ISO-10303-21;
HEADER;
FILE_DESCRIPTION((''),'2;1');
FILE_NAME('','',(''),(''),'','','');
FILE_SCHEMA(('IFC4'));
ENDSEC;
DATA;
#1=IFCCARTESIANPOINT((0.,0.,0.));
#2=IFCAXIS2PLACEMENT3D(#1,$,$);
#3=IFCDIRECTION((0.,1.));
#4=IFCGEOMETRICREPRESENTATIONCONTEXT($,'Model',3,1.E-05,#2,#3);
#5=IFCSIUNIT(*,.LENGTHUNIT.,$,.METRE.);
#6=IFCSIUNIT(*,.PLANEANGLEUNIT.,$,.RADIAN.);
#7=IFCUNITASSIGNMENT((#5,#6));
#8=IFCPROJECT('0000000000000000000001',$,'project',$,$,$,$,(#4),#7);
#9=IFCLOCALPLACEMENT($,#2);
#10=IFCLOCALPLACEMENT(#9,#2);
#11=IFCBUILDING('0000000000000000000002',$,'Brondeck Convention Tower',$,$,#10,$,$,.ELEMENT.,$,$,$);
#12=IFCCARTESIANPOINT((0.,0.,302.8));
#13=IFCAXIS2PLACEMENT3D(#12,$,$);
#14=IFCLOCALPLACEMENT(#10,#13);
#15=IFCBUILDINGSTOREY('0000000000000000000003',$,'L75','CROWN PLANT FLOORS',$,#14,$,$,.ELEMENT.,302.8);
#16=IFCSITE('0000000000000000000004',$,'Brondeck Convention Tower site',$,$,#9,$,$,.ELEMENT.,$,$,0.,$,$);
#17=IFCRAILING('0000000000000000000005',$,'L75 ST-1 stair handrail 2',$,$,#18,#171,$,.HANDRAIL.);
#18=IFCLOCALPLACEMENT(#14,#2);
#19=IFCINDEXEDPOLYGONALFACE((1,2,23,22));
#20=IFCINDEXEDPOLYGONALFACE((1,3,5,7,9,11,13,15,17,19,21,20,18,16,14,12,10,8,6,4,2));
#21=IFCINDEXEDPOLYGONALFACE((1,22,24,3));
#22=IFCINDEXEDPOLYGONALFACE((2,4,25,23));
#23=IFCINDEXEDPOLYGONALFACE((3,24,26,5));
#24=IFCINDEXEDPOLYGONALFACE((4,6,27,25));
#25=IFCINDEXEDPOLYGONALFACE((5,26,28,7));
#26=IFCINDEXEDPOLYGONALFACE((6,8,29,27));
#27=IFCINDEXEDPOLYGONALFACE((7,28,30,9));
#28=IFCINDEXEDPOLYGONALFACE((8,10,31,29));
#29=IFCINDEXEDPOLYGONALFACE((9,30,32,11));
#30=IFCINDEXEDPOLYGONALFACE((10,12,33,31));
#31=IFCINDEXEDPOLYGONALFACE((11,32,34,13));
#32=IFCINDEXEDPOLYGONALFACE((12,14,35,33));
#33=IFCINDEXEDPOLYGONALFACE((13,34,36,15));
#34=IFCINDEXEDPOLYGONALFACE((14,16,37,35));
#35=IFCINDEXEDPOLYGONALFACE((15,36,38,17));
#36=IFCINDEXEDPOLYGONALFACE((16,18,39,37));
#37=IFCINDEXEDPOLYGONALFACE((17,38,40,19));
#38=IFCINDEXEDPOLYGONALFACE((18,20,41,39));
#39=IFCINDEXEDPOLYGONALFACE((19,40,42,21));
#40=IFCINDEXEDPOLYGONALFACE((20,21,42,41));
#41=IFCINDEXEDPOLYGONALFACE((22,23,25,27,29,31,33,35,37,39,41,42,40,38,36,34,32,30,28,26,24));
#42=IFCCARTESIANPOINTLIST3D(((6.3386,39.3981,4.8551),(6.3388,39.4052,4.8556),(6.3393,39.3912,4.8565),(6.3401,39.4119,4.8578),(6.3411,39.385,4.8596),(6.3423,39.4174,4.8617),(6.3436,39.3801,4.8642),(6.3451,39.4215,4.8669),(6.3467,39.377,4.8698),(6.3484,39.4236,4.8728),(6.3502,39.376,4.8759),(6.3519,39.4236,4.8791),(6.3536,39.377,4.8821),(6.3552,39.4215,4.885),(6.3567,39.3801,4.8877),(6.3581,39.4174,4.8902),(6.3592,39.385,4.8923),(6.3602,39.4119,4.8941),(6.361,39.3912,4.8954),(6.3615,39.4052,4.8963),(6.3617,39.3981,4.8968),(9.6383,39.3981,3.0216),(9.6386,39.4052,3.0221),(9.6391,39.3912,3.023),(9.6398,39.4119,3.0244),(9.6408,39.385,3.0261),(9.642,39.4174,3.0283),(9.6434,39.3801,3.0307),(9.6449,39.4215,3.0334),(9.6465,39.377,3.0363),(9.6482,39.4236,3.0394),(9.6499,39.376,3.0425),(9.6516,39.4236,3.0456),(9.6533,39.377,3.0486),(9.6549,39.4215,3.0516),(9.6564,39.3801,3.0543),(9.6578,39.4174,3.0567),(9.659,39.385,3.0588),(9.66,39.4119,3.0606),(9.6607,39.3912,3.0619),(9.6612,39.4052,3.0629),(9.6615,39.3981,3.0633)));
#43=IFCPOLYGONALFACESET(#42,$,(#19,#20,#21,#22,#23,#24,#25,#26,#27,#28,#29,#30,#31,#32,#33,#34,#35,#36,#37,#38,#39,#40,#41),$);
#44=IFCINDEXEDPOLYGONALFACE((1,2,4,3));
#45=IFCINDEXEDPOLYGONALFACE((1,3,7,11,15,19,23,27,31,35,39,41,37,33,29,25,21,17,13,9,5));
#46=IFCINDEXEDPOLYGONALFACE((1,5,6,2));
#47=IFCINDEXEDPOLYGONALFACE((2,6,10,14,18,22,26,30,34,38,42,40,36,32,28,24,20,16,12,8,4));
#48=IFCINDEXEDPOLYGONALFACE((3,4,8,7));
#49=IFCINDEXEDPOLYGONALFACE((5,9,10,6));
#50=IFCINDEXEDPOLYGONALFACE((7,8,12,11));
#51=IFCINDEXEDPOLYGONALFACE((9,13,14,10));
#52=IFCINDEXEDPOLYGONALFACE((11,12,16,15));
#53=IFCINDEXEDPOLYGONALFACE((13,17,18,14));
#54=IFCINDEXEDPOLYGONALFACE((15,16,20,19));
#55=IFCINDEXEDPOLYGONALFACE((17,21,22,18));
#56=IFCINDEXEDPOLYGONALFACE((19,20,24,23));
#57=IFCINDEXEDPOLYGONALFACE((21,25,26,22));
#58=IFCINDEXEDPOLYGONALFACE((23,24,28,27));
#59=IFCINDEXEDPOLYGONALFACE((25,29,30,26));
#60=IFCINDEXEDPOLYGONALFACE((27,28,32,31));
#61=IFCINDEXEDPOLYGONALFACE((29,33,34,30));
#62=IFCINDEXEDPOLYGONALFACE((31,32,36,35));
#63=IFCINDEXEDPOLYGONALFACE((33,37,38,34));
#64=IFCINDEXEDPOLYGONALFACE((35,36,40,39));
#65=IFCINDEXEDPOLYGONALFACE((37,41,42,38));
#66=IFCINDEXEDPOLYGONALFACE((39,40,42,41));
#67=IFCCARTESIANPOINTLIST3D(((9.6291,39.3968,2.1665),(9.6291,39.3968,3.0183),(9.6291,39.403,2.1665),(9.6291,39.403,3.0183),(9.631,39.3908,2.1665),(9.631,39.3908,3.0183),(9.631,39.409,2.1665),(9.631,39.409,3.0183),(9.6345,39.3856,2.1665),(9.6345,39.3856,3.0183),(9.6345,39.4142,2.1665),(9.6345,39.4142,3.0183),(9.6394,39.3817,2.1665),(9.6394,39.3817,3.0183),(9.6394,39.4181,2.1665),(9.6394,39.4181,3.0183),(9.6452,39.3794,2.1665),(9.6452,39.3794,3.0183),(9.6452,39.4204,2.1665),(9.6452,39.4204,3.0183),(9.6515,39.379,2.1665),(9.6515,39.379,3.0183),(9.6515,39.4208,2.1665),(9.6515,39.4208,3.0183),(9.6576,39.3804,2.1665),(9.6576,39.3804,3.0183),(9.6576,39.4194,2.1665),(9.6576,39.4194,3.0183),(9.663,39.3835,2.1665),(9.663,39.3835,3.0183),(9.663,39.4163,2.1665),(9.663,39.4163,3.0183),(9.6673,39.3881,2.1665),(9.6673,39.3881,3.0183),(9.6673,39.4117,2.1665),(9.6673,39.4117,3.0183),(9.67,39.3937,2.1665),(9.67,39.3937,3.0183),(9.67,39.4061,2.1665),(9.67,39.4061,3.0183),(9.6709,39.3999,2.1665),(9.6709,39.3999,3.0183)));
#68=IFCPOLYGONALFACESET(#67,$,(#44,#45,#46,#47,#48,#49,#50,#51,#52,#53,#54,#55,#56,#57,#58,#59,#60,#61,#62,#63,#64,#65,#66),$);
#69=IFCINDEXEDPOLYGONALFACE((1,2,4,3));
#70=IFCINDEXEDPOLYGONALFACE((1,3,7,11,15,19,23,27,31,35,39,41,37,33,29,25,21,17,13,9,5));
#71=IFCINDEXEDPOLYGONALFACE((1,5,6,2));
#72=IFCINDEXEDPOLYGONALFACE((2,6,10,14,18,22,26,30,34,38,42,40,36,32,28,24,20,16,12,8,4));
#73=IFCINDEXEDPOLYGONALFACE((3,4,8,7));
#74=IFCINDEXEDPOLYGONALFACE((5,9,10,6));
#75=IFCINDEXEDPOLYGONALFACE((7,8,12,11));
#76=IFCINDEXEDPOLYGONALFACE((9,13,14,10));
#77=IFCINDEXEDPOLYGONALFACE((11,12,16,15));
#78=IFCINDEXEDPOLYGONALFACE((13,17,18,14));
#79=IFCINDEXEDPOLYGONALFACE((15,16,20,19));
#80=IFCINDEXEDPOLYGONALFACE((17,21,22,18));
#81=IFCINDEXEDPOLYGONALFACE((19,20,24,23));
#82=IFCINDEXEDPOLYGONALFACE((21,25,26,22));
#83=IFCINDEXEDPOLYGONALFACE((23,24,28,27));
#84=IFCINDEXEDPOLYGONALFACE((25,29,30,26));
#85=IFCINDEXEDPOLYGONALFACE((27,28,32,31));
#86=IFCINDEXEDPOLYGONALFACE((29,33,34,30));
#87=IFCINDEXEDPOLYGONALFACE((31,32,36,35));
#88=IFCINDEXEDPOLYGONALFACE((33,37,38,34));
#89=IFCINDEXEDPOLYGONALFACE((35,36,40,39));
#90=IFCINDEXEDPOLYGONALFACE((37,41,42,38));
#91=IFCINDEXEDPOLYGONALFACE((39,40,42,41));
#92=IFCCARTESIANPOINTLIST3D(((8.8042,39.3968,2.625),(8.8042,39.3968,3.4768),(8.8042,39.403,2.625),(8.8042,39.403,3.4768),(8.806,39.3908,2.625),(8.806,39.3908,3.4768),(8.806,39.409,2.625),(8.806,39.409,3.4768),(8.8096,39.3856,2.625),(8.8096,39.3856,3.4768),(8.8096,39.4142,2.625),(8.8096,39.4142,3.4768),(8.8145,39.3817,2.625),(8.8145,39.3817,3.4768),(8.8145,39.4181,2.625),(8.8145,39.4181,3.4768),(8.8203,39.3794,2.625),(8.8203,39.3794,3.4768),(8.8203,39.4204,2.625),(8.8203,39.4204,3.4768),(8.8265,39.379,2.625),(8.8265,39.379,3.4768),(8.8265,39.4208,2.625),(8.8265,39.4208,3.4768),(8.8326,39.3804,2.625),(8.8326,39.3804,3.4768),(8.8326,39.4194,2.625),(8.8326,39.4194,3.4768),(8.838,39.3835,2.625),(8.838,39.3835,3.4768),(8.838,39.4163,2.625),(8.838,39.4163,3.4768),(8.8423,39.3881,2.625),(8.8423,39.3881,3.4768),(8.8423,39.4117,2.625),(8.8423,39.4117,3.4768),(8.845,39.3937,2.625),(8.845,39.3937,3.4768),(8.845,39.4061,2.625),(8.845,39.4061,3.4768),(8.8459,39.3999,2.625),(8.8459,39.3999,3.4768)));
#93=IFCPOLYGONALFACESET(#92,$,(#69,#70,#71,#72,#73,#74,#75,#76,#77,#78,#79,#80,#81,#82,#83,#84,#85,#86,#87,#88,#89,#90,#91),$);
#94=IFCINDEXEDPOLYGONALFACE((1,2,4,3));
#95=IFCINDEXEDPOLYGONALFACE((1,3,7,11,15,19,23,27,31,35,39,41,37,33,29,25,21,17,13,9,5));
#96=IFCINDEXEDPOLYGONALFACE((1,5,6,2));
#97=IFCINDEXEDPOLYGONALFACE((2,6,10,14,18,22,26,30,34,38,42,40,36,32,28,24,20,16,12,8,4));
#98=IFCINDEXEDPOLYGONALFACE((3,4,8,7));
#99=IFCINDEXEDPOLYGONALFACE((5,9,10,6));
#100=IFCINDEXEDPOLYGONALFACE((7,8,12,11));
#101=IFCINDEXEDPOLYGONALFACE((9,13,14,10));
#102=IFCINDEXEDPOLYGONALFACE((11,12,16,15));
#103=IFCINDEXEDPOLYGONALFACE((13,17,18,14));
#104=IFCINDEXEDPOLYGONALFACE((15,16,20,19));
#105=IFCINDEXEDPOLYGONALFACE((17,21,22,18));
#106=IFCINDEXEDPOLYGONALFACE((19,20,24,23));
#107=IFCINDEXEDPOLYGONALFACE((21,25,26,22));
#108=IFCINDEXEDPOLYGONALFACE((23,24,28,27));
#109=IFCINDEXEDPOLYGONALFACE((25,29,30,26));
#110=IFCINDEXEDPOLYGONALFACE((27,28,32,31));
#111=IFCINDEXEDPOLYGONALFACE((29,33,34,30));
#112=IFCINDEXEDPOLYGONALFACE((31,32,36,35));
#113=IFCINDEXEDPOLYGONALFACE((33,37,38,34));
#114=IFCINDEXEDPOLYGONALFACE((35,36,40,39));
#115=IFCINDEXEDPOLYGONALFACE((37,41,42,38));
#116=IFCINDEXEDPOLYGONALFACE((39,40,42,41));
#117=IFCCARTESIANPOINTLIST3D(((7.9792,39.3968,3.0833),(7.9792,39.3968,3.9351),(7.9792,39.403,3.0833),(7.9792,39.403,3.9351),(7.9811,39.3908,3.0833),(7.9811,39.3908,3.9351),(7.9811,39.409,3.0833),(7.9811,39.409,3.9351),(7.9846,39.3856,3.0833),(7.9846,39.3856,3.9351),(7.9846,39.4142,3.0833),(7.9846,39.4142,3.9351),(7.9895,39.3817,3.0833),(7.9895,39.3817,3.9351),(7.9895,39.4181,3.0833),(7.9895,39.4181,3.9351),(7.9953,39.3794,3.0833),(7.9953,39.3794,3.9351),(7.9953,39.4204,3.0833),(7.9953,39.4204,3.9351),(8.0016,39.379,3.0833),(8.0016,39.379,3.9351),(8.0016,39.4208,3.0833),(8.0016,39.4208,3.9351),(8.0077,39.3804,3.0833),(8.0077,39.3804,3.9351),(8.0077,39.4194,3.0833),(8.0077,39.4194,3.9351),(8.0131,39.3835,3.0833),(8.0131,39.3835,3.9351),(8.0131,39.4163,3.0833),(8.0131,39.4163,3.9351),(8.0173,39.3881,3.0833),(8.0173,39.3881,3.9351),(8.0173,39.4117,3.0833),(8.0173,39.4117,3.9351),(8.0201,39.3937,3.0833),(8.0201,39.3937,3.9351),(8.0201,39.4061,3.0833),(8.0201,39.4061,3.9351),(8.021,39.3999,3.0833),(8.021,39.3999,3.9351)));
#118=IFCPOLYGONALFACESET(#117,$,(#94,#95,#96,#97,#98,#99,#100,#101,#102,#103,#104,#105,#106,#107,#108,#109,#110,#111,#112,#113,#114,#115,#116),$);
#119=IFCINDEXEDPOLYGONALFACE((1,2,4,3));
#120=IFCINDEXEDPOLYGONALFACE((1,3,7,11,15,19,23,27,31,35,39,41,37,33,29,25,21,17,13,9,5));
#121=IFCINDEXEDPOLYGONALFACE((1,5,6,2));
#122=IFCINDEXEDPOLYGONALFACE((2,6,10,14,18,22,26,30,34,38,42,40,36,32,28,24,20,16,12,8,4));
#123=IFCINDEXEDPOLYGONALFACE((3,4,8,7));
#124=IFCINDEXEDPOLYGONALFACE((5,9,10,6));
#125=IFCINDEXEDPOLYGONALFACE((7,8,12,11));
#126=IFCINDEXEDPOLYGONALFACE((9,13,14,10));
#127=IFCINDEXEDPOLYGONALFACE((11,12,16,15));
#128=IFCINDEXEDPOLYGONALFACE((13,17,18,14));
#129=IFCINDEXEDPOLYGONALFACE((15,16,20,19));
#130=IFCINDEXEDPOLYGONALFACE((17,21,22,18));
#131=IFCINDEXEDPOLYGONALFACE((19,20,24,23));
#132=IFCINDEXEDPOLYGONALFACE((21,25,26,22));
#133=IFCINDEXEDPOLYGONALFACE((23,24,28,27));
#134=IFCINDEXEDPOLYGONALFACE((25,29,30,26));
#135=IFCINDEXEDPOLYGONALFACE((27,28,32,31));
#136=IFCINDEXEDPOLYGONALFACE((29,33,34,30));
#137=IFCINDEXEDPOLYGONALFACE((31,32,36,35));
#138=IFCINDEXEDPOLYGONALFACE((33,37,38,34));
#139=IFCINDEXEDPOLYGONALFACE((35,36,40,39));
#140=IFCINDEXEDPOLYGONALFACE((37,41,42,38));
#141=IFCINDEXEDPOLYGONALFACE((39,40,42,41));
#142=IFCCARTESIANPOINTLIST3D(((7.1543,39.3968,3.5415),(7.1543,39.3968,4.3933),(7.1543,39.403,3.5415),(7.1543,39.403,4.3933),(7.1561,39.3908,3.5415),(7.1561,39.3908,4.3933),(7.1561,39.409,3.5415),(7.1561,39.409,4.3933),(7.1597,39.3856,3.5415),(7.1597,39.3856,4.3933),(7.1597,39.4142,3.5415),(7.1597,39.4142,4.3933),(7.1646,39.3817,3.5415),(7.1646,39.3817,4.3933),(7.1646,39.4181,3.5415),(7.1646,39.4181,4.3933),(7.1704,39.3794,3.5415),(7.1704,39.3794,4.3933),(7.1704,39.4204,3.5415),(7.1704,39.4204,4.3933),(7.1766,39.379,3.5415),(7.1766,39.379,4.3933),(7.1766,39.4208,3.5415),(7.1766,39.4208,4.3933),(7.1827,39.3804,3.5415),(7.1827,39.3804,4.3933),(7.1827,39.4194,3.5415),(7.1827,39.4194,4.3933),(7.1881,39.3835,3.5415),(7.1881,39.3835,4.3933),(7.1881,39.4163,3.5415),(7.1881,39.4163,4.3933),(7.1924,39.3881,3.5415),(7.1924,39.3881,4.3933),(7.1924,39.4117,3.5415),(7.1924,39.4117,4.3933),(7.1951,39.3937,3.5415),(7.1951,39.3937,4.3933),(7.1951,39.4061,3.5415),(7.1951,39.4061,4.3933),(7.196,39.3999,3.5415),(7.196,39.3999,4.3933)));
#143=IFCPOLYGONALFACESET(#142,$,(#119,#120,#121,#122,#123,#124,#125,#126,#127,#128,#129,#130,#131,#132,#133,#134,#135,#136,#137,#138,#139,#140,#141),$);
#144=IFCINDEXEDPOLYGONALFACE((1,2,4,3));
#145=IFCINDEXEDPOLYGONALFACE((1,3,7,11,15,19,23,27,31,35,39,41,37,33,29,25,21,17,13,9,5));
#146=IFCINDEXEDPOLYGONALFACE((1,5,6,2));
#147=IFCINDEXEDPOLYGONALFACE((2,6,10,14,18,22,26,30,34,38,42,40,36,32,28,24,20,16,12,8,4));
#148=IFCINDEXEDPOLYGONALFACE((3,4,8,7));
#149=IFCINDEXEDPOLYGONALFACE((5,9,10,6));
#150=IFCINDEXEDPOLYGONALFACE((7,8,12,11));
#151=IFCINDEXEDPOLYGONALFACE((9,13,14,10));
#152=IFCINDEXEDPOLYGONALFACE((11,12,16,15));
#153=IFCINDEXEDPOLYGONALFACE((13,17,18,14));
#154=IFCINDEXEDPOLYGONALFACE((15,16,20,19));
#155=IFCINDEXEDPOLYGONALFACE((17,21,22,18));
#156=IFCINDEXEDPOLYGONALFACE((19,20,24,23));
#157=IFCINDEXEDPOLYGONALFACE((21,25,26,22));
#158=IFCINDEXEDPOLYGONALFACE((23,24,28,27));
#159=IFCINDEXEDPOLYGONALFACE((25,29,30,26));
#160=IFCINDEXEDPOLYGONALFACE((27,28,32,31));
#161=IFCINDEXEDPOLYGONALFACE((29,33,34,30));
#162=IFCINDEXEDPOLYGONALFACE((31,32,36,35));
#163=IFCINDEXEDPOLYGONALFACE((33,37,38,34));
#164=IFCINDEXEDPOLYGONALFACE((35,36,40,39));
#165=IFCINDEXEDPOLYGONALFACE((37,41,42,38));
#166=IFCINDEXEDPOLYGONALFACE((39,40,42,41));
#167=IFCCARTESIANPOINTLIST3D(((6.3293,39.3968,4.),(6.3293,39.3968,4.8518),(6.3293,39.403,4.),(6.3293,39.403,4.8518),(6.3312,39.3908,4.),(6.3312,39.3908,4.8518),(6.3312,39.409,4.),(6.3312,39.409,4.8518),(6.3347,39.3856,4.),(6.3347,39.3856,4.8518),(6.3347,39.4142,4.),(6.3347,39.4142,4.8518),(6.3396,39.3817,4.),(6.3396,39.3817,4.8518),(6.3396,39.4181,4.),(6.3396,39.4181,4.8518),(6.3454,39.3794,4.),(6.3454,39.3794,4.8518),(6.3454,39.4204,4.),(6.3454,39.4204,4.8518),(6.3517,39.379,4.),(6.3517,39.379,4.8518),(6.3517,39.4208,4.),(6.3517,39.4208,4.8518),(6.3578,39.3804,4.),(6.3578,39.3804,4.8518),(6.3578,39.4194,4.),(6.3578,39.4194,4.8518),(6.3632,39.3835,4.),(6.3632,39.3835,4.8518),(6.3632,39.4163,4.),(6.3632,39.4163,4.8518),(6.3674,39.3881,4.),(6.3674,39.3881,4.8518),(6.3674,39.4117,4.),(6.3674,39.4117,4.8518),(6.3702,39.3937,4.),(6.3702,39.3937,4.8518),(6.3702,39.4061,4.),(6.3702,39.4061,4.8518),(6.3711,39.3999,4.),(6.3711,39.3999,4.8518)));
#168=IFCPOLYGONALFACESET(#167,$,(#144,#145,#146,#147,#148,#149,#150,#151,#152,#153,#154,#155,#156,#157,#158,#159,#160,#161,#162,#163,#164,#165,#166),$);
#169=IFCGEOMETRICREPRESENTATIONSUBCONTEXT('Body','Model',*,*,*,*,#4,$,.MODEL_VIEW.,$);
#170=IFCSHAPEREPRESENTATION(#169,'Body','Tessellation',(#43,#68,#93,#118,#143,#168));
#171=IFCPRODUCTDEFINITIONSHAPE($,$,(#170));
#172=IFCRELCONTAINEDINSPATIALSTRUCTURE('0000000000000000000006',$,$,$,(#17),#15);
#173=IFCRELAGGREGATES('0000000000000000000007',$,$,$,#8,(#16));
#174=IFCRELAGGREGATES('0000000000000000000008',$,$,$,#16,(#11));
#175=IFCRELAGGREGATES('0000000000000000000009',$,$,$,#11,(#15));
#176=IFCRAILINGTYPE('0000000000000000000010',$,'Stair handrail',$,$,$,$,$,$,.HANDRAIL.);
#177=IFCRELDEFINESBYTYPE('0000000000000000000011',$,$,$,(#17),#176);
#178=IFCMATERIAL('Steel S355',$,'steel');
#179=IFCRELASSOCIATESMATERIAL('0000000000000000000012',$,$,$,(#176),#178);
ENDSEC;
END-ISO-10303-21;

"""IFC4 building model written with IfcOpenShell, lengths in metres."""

from ifc_helpers import new_model, si_unit, direction, frame, origin, origin_2d, place, context, subcontext, project, spatial, circle, extrude, material, type_object, element, save


model = new_model("IFC4")

# Units and contexts
model_context = context("Model", 3, precision=1e-05, world=origin(), true_north=direction((0.0, 1.0)))
body_context = subcontext(model_context, "Body", "Model", "MODEL_VIEW")
ifc_project = project(units=[si_unit("LENGTHUNIT", "METRE"), si_unit("PLANEANGLEUNIT", "RADIAN")], contexts=[model_context])

# Site, building, storey
site_placement = place(None, origin())
site = spatial("IfcSite", under=ifc_project, at=site_placement, Name="Brondeck Convention Tower site", CompositionType="ELEMENT", RefElevation=0.0)
building_placement = place(site_placement, origin())
building = spatial("IfcBuilding", under=site, at=building_placement, Name="Brondeck Convention Tower", CompositionType="ELEMENT")
storey_placement = place(building_placement, frame((0.0, 0.0, 302.8)))
storey = spatial("IfcBuildingStorey", under=building, at=storey_placement, Name="L75", Description="CROWN PLANT FLOORS", CompositionType="ELEMENT", Elevation=302.8)

# Railing
ifc_material_1 = material(Name="Steel S355", Category="steel")
railing_type = type_object("IfcRailingType", Name="Stair handrail", PredefinedType="HANDRAIL", material=ifc_material_1)
railing_placement = place(storey_placement, frame((9.6499, 39.3999, 2.1665)))
element("IfcRailing", 1, at=railing_placement, inside=storey, type_object=railing_type, Name="L75 ST-1 stair handrail 2", PredefinedType="HANDRAIL", context=body_context, shape_type="SweptSolid", body=[
    extrude(circle(Radius=0.0239, at=origin_2d()), frame((0.0, 0.0, 0.876), z_axis=(-0.874127, 0.0, 0.485698), x_axis=(0.0, -1.0, 0.0)), (0.0, 0.0, 1.0), 3.7749),
    extrude(circle(Radius=0.021, at=origin_2d()), origin(), (0.0, 0.0, 1.0), 0.8518),
    extrude(circle(Radius=0.021, at=origin_2d()), frame((-0.825, 0.0, 0.4585)), (0.0, 0.0, 1.0), 0.8518),
    extrude(circle(Radius=0.021, at=origin_2d()), frame((-1.6499, 0.0, 0.9167)), (0.0, 0.0, 1.0), 0.8518),
    extrude(circle(Radius=0.021, at=origin_2d()), frame((-2.4749, 0.0, 1.375)), (0.0, 0.0, 1.0), 0.8518),
    extrude(circle(Radius=0.021, at=origin_2d()), frame((-3.2998, 0.0, 1.8335)), (0.0, 0.0, 1.0), 0.8518),
])

save(model, "model.ifc")
